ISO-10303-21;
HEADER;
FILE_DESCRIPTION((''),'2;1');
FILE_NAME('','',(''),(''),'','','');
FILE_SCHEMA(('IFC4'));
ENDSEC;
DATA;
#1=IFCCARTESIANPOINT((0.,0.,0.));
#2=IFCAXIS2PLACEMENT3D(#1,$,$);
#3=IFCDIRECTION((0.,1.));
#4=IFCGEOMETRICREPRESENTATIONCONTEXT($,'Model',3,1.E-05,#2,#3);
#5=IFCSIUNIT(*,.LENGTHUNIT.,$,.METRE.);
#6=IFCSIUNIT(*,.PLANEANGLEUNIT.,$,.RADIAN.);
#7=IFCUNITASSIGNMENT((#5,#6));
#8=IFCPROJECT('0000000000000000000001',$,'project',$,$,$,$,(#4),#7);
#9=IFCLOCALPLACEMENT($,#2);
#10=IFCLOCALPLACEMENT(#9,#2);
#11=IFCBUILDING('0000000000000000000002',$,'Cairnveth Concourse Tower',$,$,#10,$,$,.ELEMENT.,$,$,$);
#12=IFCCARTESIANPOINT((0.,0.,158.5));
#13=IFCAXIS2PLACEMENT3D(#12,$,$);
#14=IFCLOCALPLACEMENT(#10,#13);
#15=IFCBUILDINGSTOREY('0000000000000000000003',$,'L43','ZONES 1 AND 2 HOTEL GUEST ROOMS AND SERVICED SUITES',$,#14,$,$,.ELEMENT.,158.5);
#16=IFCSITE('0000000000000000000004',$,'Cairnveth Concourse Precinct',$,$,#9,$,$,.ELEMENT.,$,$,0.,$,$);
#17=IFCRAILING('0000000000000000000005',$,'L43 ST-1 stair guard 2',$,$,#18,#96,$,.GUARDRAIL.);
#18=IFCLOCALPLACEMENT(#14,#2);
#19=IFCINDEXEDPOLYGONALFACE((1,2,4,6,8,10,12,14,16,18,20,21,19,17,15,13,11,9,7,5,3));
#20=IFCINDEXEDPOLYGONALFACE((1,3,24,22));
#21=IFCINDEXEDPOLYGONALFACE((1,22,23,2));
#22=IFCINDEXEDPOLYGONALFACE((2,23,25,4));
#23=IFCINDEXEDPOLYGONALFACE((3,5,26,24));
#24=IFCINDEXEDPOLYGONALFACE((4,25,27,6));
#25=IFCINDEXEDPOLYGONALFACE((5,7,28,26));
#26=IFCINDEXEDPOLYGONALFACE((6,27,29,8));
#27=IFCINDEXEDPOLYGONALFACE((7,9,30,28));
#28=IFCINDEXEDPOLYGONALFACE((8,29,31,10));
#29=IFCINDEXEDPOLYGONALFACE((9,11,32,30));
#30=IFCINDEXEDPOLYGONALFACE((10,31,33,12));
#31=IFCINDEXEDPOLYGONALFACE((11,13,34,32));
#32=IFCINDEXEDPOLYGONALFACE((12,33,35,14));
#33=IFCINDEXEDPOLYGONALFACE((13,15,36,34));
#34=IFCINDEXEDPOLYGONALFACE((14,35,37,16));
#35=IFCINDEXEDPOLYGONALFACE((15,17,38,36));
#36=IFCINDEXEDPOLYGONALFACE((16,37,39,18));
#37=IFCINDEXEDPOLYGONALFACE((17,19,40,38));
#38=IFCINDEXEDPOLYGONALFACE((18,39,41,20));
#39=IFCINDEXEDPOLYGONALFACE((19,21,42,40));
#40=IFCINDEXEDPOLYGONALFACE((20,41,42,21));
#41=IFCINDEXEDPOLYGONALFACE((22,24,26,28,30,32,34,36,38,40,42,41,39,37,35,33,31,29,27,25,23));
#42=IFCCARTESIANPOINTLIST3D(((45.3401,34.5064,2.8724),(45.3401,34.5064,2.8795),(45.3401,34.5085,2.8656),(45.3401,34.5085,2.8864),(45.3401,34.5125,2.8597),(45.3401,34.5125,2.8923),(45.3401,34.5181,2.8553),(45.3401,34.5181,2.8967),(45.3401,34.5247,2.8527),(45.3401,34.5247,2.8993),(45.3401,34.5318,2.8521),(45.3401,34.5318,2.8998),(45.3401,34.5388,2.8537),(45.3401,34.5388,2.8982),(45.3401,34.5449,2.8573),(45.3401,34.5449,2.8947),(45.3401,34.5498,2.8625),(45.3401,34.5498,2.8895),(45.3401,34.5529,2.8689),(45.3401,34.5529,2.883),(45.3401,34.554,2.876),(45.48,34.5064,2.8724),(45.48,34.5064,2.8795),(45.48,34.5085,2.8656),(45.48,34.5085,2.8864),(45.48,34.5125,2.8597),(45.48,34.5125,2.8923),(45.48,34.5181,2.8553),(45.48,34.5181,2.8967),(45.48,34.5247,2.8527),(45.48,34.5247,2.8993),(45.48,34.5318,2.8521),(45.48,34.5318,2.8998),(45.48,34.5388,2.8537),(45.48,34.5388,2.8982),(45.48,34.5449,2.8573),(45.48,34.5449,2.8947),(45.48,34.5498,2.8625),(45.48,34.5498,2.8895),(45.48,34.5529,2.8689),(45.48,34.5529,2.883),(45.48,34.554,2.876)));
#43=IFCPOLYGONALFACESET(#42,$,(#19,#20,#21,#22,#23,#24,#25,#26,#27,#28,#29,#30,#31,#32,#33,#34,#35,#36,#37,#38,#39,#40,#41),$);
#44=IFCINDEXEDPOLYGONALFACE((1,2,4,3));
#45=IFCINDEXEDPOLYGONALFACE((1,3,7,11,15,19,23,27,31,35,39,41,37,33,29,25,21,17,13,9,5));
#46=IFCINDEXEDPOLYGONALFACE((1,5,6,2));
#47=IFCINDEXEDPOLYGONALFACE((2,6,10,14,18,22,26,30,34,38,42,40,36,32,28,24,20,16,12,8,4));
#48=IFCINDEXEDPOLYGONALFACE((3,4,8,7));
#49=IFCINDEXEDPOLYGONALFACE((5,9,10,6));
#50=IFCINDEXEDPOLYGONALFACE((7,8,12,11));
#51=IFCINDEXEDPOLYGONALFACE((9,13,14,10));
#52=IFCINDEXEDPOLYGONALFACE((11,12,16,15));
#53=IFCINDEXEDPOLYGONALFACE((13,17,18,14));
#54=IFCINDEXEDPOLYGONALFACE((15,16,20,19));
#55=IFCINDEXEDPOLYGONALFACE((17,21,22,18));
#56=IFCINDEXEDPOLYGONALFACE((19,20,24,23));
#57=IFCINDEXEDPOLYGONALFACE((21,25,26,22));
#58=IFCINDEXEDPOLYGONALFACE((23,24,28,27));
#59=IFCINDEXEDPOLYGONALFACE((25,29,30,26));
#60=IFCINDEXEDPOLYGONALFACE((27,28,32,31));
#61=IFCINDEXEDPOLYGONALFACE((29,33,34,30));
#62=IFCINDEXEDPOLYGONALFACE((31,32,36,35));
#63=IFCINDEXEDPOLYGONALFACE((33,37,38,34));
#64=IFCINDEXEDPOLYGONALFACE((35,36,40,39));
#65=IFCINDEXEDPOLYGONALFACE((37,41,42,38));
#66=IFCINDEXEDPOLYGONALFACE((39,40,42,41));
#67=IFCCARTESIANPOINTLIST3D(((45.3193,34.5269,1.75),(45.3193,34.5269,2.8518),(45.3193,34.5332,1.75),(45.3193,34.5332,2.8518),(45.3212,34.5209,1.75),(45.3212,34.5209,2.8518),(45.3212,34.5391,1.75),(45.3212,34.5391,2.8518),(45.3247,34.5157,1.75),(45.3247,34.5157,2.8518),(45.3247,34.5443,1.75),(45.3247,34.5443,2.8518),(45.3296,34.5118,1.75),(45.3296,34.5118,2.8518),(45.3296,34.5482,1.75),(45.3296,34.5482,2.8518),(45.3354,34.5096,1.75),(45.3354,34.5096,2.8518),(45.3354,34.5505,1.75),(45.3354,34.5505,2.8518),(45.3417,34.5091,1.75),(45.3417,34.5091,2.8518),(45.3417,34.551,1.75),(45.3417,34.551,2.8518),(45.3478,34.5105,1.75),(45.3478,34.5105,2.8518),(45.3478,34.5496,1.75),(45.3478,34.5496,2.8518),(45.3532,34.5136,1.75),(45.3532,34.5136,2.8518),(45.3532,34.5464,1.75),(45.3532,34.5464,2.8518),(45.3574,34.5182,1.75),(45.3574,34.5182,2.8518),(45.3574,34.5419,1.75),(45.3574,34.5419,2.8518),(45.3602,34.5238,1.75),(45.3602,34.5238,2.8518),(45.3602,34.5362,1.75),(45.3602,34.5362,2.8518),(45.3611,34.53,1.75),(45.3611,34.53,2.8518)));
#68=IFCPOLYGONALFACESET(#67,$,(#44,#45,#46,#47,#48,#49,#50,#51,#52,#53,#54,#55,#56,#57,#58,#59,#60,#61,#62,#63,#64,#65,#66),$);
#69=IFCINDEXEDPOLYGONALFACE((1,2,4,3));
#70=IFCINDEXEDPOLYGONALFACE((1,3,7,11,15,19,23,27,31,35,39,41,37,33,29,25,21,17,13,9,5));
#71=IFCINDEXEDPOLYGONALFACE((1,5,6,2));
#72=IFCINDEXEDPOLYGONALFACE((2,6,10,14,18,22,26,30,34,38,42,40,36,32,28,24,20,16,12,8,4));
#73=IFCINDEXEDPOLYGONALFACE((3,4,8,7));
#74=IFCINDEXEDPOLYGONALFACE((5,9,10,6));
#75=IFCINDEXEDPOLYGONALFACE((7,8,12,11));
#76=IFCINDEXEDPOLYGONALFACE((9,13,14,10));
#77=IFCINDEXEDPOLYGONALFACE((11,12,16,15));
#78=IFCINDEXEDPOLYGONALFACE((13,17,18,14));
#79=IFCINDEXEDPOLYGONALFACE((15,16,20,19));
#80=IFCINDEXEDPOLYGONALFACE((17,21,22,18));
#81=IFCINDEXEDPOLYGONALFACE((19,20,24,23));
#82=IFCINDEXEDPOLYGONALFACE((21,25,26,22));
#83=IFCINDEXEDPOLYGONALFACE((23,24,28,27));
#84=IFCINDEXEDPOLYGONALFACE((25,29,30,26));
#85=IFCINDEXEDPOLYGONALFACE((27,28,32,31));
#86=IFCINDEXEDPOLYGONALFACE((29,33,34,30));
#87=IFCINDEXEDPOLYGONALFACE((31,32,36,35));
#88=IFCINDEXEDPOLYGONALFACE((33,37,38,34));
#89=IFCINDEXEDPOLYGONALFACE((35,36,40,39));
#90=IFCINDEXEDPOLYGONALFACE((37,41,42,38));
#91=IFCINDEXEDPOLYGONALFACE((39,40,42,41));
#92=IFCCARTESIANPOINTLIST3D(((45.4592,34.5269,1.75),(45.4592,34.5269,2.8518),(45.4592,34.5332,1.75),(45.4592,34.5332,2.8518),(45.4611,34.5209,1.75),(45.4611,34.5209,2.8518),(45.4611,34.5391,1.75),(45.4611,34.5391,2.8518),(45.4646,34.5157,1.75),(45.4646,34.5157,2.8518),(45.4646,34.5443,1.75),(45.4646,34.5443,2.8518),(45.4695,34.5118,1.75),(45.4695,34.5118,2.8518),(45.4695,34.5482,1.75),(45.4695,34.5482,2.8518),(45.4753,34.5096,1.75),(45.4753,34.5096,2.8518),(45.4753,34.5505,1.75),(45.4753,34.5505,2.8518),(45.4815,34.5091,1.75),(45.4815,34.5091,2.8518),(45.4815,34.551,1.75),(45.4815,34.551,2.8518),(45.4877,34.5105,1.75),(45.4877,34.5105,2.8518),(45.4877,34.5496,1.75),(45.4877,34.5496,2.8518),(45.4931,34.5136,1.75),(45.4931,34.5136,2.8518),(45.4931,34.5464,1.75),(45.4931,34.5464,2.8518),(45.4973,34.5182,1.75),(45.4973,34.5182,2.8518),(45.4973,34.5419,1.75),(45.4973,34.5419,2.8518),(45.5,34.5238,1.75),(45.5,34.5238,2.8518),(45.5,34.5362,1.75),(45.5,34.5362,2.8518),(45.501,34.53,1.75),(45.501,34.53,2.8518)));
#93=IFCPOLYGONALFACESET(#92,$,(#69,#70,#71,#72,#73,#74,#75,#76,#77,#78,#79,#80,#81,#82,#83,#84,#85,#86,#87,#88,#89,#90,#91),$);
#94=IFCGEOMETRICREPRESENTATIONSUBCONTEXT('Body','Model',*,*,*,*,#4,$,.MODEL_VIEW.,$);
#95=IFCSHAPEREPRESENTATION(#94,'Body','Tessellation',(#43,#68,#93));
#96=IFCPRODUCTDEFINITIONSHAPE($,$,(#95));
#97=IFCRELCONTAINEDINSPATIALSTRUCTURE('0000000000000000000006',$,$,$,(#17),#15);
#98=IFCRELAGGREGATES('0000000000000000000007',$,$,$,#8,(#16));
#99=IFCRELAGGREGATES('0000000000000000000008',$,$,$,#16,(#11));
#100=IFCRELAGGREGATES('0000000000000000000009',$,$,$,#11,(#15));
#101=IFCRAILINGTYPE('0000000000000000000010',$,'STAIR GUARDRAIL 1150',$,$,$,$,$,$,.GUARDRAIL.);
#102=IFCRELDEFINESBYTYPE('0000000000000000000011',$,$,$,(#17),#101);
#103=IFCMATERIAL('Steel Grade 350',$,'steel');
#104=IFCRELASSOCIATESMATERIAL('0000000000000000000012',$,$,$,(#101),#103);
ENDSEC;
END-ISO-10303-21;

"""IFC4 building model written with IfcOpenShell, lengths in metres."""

from ifc_helpers import new_model, si_unit, direction, frame, origin, origin_2d, place, context, subcontext, project, spatial, circle, extrude, material, type_object, element, save


model = new_model("IFC4")

# Units and contexts
model_context = context("Model", 3, precision=1e-05, world=origin(), true_north=direction((0.0, 1.0)))
body_context = subcontext(model_context, "Body", "Model", "MODEL_VIEW")
ifc_project = project(units=[si_unit("LENGTHUNIT", "METRE"), si_unit("PLANEANGLEUNIT", "RADIAN")], contexts=[model_context])

# Site, building, storey
site_placement = place(None, origin())
site = spatial("IfcSite", under=ifc_project, at=site_placement, Name="Cairnveth Concourse Precinct", CompositionType="ELEMENT", RefElevation=0.0)
building_placement = place(site_placement, origin())
building = spatial("IfcBuilding", under=site, at=building_placement, Name="Cairnveth Concourse Tower", CompositionType="ELEMENT")
storey_placement = place(building_placement, frame((0.0, 0.0, 158.5)))
storey = spatial("IfcBuildingStorey", under=building, at=storey_placement, Name="L43", Description="ZONES 1 AND 2 HOTEL GUEST ROOMS AND SERVICED SUITES", CompositionType="ELEMENT", Elevation=158.5)

# Shared definitions
ifc_material_1 = material(Name="Steel Grade 350", Category="steel")

# Railing
railing_type_1 = type_object("IfcRailingType", Name="STAIR GUARDRAIL 1150", PredefinedType="GUARDRAIL", material=ifc_material_1)
railing_1_placement = place(storey_placement, frame((45.3401, 34.53, 1.75)))
element("IfcRailing", 1, at=railing_1_placement, inside=storey, type_object=railing_type_1, Name="L43 ST-1 stair guard 2", PredefinedType="GUARDRAIL", context=body_context, shape_type="SweptSolid", body=[
    extrude(circle(Radius=0.0239, at=origin_2d()), frame((0.0, 0.0, 1.126), z_axis=(1.0, 0.0, 0.0), x_axis=(0.0, 1.0, 0.0)), (0.0, 0.0, 1.0), 0.1399),
    extrude(circle(Radius=0.021, at=origin_2d()), origin(), (0.0, 0.0, 1.0), 1.1018),
    extrude(circle(Radius=0.021, at=origin_2d()), frame((0.1399, 0.0, 0.0)), (0.0, 0.0, 1.0), 1.1018),
])

save(model, "model.ifc")
